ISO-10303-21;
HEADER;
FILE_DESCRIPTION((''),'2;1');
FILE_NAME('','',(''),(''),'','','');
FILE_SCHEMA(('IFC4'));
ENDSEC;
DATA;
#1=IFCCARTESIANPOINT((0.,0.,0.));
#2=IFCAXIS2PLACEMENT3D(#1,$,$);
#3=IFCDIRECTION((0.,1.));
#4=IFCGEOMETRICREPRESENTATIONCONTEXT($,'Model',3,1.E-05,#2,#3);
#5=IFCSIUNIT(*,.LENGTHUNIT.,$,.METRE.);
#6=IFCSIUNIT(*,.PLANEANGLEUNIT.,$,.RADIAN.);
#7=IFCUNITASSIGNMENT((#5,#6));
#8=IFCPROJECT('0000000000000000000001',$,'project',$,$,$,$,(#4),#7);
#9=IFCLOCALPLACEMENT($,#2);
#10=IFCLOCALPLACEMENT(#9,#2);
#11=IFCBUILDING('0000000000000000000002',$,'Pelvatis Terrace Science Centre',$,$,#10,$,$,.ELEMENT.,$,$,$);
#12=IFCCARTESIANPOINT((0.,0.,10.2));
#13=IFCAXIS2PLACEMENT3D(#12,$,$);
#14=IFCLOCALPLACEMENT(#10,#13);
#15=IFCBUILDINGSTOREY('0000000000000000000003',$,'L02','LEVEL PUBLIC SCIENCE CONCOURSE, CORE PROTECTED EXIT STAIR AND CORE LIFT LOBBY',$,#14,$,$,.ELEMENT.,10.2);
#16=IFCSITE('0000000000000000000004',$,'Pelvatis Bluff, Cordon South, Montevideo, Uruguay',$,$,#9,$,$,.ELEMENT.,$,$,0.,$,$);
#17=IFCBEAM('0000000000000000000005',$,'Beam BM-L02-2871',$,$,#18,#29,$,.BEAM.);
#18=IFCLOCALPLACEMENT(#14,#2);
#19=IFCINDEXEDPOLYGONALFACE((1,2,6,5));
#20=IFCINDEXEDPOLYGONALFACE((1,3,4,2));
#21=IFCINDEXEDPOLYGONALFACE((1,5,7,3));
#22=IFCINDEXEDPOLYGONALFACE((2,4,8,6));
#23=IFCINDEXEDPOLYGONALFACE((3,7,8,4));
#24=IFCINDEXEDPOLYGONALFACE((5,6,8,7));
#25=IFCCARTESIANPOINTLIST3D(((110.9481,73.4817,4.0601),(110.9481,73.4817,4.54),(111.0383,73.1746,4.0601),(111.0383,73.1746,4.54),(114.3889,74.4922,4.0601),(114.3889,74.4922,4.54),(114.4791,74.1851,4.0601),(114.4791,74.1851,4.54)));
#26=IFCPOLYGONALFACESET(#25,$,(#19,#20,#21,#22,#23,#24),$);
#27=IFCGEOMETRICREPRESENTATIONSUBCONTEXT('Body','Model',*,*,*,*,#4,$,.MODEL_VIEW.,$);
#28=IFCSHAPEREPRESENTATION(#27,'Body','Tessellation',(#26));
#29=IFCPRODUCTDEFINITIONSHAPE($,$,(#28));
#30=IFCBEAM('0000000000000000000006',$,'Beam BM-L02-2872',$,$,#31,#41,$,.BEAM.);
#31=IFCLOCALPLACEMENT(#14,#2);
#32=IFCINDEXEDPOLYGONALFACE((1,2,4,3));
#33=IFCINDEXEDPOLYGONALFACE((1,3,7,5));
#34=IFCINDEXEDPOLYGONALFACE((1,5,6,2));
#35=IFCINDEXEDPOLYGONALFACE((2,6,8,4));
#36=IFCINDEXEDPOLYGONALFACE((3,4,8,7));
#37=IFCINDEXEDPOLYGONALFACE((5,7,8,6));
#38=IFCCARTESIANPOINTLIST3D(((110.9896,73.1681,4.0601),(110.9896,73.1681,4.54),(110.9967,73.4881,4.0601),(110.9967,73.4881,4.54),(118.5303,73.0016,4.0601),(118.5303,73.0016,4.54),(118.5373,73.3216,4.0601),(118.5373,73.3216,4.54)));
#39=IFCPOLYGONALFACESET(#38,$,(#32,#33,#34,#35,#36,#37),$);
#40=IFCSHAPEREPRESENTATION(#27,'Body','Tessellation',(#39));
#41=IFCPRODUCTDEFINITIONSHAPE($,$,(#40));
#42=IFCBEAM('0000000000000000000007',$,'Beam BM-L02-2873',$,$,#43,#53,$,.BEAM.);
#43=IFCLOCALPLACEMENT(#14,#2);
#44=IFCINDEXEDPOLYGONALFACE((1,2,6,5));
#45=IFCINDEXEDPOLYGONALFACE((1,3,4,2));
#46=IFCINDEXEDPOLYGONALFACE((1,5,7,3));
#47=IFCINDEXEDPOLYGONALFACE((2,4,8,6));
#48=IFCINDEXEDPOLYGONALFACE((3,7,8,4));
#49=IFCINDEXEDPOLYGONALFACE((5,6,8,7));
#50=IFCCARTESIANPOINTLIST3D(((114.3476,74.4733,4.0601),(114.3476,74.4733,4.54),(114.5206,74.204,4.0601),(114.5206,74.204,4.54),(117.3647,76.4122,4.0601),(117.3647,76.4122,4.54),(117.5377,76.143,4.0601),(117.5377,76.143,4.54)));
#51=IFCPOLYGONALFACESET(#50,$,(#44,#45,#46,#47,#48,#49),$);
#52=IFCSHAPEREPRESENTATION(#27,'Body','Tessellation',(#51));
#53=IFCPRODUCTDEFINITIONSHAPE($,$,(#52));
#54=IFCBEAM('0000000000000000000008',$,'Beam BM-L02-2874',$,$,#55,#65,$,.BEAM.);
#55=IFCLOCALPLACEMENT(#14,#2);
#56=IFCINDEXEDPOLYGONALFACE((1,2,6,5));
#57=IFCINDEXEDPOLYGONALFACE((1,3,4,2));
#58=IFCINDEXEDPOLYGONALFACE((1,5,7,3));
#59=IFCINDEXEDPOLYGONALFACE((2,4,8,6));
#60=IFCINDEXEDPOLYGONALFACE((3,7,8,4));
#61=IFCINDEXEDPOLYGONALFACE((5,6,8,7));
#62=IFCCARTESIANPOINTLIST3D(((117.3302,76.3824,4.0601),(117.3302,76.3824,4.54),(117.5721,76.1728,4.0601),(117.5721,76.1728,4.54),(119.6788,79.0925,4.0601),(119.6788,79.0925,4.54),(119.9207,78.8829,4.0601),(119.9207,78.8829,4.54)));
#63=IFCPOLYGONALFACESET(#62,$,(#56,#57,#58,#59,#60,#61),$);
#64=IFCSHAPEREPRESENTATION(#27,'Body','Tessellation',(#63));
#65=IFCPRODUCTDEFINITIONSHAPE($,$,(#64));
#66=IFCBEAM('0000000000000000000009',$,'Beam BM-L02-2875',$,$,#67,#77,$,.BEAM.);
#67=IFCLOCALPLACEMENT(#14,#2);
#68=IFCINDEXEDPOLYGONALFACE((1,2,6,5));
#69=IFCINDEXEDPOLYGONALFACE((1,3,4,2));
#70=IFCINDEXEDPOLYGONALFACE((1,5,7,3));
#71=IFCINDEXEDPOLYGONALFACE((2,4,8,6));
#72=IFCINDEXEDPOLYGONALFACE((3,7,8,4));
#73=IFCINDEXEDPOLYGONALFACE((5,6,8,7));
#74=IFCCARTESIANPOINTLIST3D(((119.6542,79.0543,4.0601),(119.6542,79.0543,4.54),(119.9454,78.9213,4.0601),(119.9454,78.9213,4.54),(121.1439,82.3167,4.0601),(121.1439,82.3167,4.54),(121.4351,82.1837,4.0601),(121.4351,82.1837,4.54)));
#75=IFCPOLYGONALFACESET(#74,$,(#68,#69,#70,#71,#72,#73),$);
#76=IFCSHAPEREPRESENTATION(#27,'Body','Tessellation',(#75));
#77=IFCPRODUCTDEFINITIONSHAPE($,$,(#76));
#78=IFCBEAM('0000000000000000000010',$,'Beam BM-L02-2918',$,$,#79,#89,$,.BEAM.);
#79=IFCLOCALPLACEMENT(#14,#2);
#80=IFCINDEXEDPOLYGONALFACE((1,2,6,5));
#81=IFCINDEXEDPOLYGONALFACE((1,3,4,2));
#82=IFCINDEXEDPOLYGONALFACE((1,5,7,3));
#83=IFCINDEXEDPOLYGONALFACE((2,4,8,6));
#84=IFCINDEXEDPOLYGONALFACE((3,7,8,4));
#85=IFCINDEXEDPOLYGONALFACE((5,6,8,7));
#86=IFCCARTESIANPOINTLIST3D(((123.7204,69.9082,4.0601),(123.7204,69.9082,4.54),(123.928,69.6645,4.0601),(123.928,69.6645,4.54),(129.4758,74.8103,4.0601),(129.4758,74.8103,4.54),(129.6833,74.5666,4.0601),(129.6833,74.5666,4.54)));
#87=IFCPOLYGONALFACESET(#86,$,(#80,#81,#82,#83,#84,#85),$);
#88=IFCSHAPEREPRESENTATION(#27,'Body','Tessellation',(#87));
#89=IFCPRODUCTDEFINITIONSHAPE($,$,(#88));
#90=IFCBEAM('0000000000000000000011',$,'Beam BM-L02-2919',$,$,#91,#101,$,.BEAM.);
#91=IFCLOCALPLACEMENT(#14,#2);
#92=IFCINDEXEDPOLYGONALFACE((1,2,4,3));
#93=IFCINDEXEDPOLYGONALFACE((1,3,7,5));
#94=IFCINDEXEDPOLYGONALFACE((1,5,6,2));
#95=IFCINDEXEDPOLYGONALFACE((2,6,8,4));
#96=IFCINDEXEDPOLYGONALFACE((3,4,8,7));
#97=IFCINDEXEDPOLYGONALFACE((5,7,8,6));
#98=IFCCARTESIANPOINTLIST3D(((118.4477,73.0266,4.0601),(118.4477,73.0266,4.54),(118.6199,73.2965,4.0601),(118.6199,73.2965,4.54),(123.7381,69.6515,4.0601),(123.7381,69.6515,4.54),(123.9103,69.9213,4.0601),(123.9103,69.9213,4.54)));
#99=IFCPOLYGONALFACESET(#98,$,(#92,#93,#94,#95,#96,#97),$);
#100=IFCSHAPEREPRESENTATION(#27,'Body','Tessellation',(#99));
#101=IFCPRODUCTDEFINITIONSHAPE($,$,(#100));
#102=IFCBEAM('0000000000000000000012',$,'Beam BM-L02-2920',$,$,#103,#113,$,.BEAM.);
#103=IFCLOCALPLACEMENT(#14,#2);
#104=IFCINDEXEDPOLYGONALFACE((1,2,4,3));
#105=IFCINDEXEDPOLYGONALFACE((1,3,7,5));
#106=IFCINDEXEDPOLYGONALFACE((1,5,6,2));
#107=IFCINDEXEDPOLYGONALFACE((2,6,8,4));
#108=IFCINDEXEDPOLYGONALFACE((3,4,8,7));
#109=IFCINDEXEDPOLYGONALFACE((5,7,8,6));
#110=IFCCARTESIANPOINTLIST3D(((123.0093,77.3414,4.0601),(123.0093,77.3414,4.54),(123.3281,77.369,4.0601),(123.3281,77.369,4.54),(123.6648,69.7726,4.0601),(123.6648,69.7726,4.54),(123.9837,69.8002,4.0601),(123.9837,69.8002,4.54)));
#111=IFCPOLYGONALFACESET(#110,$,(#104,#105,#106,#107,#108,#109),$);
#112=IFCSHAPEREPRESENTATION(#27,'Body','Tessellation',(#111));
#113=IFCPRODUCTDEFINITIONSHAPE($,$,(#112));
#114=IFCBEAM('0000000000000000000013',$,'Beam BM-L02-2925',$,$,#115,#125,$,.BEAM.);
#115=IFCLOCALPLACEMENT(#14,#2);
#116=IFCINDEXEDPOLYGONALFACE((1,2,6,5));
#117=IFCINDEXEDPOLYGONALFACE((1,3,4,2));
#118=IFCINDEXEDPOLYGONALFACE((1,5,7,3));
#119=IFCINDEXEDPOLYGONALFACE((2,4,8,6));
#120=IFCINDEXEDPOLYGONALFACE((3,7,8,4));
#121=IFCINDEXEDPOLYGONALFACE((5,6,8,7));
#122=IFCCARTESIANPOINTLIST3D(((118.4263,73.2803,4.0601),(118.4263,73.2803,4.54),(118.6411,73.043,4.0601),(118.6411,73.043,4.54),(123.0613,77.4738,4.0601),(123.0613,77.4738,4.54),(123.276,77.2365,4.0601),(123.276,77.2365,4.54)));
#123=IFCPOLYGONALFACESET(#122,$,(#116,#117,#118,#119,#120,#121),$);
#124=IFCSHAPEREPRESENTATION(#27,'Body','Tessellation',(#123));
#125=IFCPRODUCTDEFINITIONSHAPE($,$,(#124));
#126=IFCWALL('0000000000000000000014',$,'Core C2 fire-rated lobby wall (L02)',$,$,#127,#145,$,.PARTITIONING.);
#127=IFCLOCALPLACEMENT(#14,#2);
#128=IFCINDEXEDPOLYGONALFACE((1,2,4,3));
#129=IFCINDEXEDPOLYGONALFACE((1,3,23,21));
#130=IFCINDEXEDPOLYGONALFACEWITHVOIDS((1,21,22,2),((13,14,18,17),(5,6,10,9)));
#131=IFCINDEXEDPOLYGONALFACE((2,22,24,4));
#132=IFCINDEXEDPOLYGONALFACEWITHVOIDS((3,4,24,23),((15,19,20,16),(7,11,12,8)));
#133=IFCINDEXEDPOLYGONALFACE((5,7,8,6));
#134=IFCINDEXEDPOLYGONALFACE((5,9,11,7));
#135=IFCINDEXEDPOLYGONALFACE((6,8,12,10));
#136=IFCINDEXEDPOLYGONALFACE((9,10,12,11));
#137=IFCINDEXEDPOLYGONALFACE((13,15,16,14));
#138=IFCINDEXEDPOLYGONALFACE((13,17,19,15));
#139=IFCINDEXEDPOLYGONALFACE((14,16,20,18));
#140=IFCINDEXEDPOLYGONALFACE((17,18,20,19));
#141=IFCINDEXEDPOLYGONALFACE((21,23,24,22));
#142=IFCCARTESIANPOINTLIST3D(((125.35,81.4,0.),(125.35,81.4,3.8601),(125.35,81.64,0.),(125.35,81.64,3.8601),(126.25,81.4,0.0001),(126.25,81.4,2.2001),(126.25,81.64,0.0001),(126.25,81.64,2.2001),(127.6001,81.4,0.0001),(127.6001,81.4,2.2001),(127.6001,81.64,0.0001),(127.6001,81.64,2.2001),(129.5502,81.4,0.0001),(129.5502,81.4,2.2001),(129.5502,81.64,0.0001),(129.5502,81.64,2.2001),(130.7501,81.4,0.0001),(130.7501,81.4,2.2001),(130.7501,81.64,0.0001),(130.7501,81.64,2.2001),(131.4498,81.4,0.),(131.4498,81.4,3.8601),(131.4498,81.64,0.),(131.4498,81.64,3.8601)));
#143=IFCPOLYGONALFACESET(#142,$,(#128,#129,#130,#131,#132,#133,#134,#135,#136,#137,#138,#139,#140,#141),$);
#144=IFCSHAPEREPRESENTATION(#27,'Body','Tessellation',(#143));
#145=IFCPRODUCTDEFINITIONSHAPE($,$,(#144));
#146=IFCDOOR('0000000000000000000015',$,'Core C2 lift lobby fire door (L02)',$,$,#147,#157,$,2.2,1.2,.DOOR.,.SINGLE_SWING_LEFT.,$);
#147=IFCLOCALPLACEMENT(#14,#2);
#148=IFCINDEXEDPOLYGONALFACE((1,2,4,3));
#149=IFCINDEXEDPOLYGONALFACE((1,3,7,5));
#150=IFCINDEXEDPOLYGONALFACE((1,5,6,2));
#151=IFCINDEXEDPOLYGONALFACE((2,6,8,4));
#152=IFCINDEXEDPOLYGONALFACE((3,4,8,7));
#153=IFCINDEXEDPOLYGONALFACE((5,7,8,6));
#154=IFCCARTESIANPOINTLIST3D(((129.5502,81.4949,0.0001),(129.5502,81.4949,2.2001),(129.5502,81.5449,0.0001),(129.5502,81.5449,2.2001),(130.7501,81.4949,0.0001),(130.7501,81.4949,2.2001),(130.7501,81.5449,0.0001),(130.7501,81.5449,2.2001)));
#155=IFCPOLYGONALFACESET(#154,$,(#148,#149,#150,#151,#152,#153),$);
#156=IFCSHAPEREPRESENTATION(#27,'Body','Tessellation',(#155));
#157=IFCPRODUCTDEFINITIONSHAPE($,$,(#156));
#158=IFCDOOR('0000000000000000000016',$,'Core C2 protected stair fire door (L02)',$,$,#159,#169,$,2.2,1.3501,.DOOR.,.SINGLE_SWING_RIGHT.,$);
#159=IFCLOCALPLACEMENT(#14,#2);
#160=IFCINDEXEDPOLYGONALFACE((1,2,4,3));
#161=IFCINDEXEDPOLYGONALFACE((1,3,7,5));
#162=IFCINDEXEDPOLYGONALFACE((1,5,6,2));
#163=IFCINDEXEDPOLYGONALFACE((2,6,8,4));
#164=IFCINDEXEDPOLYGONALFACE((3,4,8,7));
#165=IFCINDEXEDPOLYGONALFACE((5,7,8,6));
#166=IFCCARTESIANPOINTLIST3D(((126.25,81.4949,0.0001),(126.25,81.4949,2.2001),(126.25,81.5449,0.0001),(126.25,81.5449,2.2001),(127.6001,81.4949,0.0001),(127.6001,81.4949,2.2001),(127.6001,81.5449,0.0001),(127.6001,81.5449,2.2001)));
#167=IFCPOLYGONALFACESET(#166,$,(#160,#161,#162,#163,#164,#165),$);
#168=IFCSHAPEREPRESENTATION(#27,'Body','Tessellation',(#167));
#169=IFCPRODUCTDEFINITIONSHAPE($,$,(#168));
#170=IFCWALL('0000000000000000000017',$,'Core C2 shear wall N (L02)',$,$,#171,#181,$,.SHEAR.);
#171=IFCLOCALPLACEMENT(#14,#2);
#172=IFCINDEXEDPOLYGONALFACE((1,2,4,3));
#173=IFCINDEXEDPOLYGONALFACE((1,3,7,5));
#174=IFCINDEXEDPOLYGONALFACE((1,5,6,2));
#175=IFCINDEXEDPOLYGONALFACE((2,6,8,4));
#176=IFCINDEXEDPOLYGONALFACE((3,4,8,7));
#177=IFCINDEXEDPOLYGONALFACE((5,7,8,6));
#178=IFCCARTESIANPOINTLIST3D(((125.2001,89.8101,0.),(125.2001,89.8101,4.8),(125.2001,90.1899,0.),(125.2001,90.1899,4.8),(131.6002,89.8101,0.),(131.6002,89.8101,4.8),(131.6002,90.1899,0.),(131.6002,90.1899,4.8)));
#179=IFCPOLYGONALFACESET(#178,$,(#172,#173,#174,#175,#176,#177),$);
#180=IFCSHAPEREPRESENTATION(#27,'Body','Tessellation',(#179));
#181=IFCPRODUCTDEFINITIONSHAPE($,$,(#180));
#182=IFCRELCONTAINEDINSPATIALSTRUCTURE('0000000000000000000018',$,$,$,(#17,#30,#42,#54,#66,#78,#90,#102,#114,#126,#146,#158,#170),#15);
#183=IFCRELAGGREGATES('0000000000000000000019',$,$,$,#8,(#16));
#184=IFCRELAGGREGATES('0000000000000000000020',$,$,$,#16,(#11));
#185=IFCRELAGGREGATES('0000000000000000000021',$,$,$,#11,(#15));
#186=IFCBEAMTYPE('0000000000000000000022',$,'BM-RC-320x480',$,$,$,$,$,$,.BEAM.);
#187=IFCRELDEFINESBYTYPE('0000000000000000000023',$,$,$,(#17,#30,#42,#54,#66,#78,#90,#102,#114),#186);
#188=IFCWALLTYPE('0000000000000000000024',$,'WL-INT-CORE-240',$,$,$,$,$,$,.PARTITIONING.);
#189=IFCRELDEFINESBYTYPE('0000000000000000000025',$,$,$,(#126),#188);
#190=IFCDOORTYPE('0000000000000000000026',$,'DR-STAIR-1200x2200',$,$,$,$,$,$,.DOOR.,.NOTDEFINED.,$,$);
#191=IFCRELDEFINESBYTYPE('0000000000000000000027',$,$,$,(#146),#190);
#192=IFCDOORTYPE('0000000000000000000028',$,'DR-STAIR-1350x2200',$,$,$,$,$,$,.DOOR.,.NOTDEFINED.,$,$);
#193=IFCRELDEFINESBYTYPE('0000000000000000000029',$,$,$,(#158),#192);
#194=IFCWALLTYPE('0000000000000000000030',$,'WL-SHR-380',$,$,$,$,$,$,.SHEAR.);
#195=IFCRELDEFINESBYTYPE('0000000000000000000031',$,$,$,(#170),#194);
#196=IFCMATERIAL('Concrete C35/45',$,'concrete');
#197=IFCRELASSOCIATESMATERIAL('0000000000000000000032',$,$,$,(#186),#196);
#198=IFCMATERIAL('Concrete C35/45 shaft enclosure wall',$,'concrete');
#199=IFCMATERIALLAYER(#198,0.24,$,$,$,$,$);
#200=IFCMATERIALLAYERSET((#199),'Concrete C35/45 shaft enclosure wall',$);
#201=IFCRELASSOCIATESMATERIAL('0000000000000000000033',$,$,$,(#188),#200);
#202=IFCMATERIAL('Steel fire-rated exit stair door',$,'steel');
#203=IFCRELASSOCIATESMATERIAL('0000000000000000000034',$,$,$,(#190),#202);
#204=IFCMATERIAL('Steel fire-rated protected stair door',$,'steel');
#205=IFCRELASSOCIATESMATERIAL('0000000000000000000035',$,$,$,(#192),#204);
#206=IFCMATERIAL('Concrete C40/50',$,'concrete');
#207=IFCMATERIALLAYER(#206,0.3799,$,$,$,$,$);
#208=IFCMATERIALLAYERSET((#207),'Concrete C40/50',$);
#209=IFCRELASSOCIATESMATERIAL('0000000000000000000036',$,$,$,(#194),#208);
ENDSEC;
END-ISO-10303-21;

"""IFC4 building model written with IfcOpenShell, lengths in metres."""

from ifc_helpers import new_model, si_unit, direction, frame, frame_2d, origin, origin_2d, place, context, subcontext, project, spatial, rectangle, extrude, material, layer, layer_set, material_profile, profile_set, type_object, element, fill, save


model = new_model("IFC4")

# Units and contexts
model_context = context("Model", 3, precision=1e-05, world=origin(), true_north=direction((0.0, 1.0)))
body_context = subcontext(model_context, "Body", "Model", "MODEL_VIEW")
ifc_project = project(units=[si_unit("LENGTHUNIT", "METRE"), si_unit("PLANEANGLEUNIT", "RADIAN")], contexts=[model_context])

# Site, building, storey
site_placement = place(None, origin())
site = spatial("IfcSite", under=ifc_project, at=site_placement, Name="Pelvatis Bluff, Cordon South, Montevideo, Uruguay", CompositionType="ELEMENT", RefElevation=0.0)
building_placement = place(site_placement, origin())
building = spatial("IfcBuilding", under=site, at=building_placement, Name="Pelvatis Terrace Science Centre", CompositionType="ELEMENT")
storey_placement = place(building_placement, frame((0.0, 0.0, 10.2)))
storey = spatial("IfcBuildingStorey", under=building, at=storey_placement, Name="L02", Description="LEVEL PUBLIC SCIENCE CONCOURSE, CORE PROTECTED EXIT STAIR AND CORE LIFT LOBBY", CompositionType="ELEMENT", Elevation=10.2)

# Beams
ifc_material_1 = material(Name="Concrete C35/45", Category="concrete")
ifc_material_profile_1 = material_profile(ifc_material_1, rectangle(XDim=0.3201, YDim=0.48, at=origin_2d()), Name="RC-BM 320x480")
ifc_profile_set_1 = profile_set([ifc_material_profile_1], Name="Concrete C35/45")
beam_type_1 = type_object("IfcBeamType", Name="BM-RC-320x480", PredefinedType="BEAM", material=ifc_profile_set_1)
beam_1_placement = place(storey_placement, frame((110.9932, 73.3281, 4.3), z_axis=(0.959481, 0.281772, 0.0), x_axis=(-0.281772, 0.959481, 0.0)))
element("IfcBeam", 1, at=beam_1_placement, inside=storey, type_object=beam_type_1, Name="Beam BM-L02-2871", PredefinedType="BEAM", context=body_context, shape_type="SweptSolid", body=[
    extrude(rectangle(XDim=0.3201, YDim=0.48, at=origin_2d()), origin(), (0.0, 0.0, 1.0), 3.5862),
])
beam_2_placement = place(storey_placement, frame((110.9932, 73.3281, 4.3), z_axis=(0.999756, -0.022076, 0.0), x_axis=(0.022076, 0.999756, 0.0)))
element("IfcBeam", 2, at=beam_2_placement, inside=storey, type_object=beam_type_1, Name="Beam BM-L02-2872", PredefinedType="BEAM", context=body_context, shape_type="SweptSolid", body=[
    extrude(rectangle(XDim=0.3201, YDim=0.48, at=origin_2d()), origin(), (0.0, 0.0, 1.0), 7.5425),
])
beam_3_placement = place(storey_placement, frame((114.4341, 74.3386, 4.3), z_axis=(0.841254, 0.540641, 0.0), x_axis=(-0.540641, 0.841254, 0.0)))
element("IfcBeam", 3, at=beam_3_placement, inside=storey, type_object=beam_type_1, Name="Beam BM-L02-2873", PredefinedType="BEAM", context=body_context, shape_type="SweptSolid", body=[
    extrude(rectangle(XDim=0.3201, YDim=0.48, at=origin_2d()), origin(), (0.0, 0.0, 1.0), 3.5864),
])
beam_4_placement = place(storey_placement, frame((117.4512, 76.2776, 4.3), z_axis=(0.654897, 0.755718, 0.0), x_axis=(-0.755718, 0.654897, 0.0)))
element("IfcBeam", 4, at=beam_4_placement, inside=storey, type_object=beam_type_1, Name="Beam BM-L02-2874", PredefinedType="BEAM", context=body_context, shape_type="SweptSolid", body=[
    extrude(rectangle(XDim=0.3201, YDim=0.48, at=origin_2d()), origin(), (0.0, 0.0, 1.0), 3.5862),
])
beam_5_placement = place(storey_placement, frame((119.7998, 78.9878, 4.3), z_axis=(0.415377, 0.909649, 0.0), x_axis=(-0.909649, 0.415377, 0.0)))
element("IfcBeam", 5, at=beam_5_placement, inside=storey, type_object=beam_type_1, Name="Beam BM-L02-2875", PredefinedType="BEAM", context=body_context, shape_type="SweptSolid", body=[
    extrude(rectangle(XDim=0.3201, YDim=0.48, at=origin_2d()), origin(), (0.0, 0.0, 1.0), 3.5864),
])
beam_6_placement = place(storey_placement, frame((123.8242, 69.7864, 4.3), z_axis=(0.761284, 0.648419, 0.0), x_axis=(-0.648419, 0.761284, 0.0)))
element("IfcBeam", 6, at=beam_6_placement, inside=storey, type_object=beam_type_1, Name="Beam BM-L02-2918", PredefinedType="BEAM", context=body_context, shape_type="SweptSolid", body=[
    extrude(rectangle(XDim=0.3201, YDim=0.48, at=origin_2d()), origin(), (0.0, 0.0, 1.0), 7.5601),
])
beam_7_placement = place(storey_placement, frame((123.8242, 69.7864, 4.3), z_axis=(-0.843044, 0.537844, 0.0), x_axis=(-0.537844, -0.843044, 0.0)))
element("IfcBeam", 7, at=beam_7_placement, inside=storey, type_object=beam_type_1, Name="Beam BM-L02-2919", PredefinedType="BEAM", context=body_context, shape_type="SweptSolid", body=[
    extrude(rectangle(XDim=0.3201, YDim=0.48, at=origin_2d()), origin(), (0.0, 0.0, 1.0), 6.2754),
])
beam_8_placement = place(storey_placement, frame((123.8242, 69.7864, 4.3), z_axis=(-0.086284, 0.996271, 0.0), x_axis=(-0.996271, -0.086284, 0.0)))
element("IfcBeam", 8, at=beam_8_placement, inside=storey, type_object=beam_type_1, Name="Beam BM-L02-2920", PredefinedType="BEAM", context=body_context, shape_type="SweptSolid", body=[
    extrude(rectangle(XDim=0.3201, YDim=0.48, at=origin_2d()), origin(), (0.0, 0.0, 1.0), 7.5972),
])
beam_9_placement = place(storey_placement, frame((118.5337, 73.1616, 4.3), z_axis=(0.741534, 0.670915, 0.0), x_axis=(-0.670915, 0.741534, 0.0)))
element("IfcBeam", 9, at=beam_9_placement, inside=storey, type_object=beam_type_1, Name="Beam BM-L02-2925", PredefinedType="BEAM", context=body_context, shape_type="SweptSolid", body=[
    extrude(rectangle(XDim=0.3201, YDim=0.48, at=origin_2d()), origin(), (0.0, 0.0, 1.0), 6.2505),
])

# Wall, openings, doors
ifc_material_2 = material(Name="Concrete C35/45 shaft enclosure wall", Category="concrete")
ifc_layer_1 = layer(ifc_material_2, 0.24)
ifc_layer_set_1 = layer_set([ifc_layer_1], Name="Concrete C35/45 shaft enclosure wall")
wall_type_1 = type_object("IfcWallType", Name="WL-INT-CORE-240", PredefinedType="PARTITIONING", material=ifc_layer_set_1)
wall_1_placement = place(storey_placement, frame((125.3501, 81.52, 0.0), z_axis=(0.0, 0.0, 1.0), x_axis=(1.0, 0.0, 0.0)))
wall_1 = element("IfcWall", 10, at=wall_1_placement, inside=storey, type_object=wall_type_1, Name="Core C2 fire-rated lobby wall (L02)", PredefinedType="PARTITIONING", context=body_context, shape_type="SweptSolid", body=[
    extrude(rectangle(XDim=6.0999, YDim=0.24, at=frame_2d((3.0498, 0.0))), origin(), (0.0, 0.0, 1.0), 3.8601),
])
opening_1_placement = place(wall_1_placement, frame((0.8999, 0.0, 0.0)))
opening_1 = element("IfcOpeningElement", 11, at=opening_1_placement, cuts=wall_1, PredefinedType="OPENING", context=body_context, shape_type="SweptSolid", body=[
    extrude(rectangle(XDim=1.3501, YDim=2.2, at=frame_2d((0.675, 1.1001))), frame((0.0, 0.1299, 0.0), z_axis=(0.0, -1.0, 0.0), x_axis=(1.0, 0.0, 0.0)), (0.0, 0.0, 1.0), 0.26),
])
opening_2_placement = place(wall_1_placement, frame((4.2, 0.0, 0.0)))
opening_2 = element("IfcOpeningElement", 12, at=opening_2_placement, cuts=wall_1, PredefinedType="OPENING", context=body_context, shape_type="SweptSolid", body=[
    extrude(rectangle(XDim=1.2, YDim=2.2, at=frame_2d((0.6001, 1.1001))), frame((0.0, 0.1299, 0.0), z_axis=(0.0, -1.0, 0.0), x_axis=(1.0, 0.0, 0.0)), (0.0, 0.0, 1.0), 0.26),
])
ifc_material_3 = material(Name="Steel fire-rated exit stair door", Category="steel")
door_type_1 = type_object("IfcDoorType", Name="DR-STAIR-1200x2200", OperationType="NOTDEFINED", PredefinedType="DOOR", material=ifc_material_3)
door_1_placement = place(opening_2_placement, origin())
door_1 = element("IfcDoor", 13, at=door_1_placement, inside=storey, type_object=door_type_1, Name="Core C2 lift lobby fire door (L02)", OperationType="SINGLE_SWING_LEFT", OverallHeight=2.2, OverallWidth=1.2, PredefinedType="DOOR", context=body_context, shape_type="SweptSolid", body=[
    extrude(rectangle(XDim=1.2, YDim=2.2, at=frame_2d((0.6001, 1.1001))), frame((0.0, 0.0249, 0.0), z_axis=(0.0, -1.0, 0.0), x_axis=(1.0, 0.0, 0.0)), (0.0, 0.0, 1.0), 0.05),
])
fill(opening_2, door_1)
ifc_material_4 = material(Name="Steel fire-rated protected stair door", Category="steel")
door_type_2 = type_object("IfcDoorType", Name="DR-STAIR-1350x2200", OperationType="NOTDEFINED", PredefinedType="DOOR", material=ifc_material_4)
door_2_placement = place(opening_1_placement, origin())
door_2 = element("IfcDoor", 14, at=door_2_placement, inside=storey, type_object=door_type_2, Name="Core C2 protected stair fire door (L02)", OperationType="SINGLE_SWING_RIGHT", OverallHeight=2.2, OverallWidth=1.3501, PredefinedType="DOOR", context=body_context, shape_type="SweptSolid", body=[
    extrude(rectangle(XDim=1.3501, YDim=2.2, at=frame_2d((0.675, 1.1001))), frame((0.0, 0.0249, 0.0), z_axis=(0.0, -1.0, 0.0), x_axis=(1.0, 0.0, 0.0)), (0.0, 0.0, 1.0), 0.05),
])
fill(opening_1, door_2)

# Wall
ifc_material_5 = material(Name="Concrete C40/50", Category="concrete")
ifc_layer_2 = layer(ifc_material_5, 0.3799)
ifc_layer_set_2 = layer_set([ifc_layer_2], Name="Concrete C40/50")
wall_type_2 = type_object("IfcWallType", Name="WL-SHR-380", PredefinedType="SHEAR", material=ifc_layer_set_2)
wall_2_placement = place(storey_placement, frame((125.2, 90.0, 0.0), z_axis=(0.0, 0.0, 1.0), x_axis=(1.0, 0.0, 0.0)))
element("IfcWall", 15, at=wall_2_placement, inside=storey, type_object=wall_type_2, Name="Core C2 shear wall N (L02)", PredefinedType="SHEAR", context=body_context, shape_type="SweptSolid", body=[
    extrude(rectangle(XDim=6.4001, YDim=0.3799, at=frame_2d((3.2002, 0.0))), origin(), (0.0, 0.0, 1.0), 4.8),
])

save(model, "model.ifc")
